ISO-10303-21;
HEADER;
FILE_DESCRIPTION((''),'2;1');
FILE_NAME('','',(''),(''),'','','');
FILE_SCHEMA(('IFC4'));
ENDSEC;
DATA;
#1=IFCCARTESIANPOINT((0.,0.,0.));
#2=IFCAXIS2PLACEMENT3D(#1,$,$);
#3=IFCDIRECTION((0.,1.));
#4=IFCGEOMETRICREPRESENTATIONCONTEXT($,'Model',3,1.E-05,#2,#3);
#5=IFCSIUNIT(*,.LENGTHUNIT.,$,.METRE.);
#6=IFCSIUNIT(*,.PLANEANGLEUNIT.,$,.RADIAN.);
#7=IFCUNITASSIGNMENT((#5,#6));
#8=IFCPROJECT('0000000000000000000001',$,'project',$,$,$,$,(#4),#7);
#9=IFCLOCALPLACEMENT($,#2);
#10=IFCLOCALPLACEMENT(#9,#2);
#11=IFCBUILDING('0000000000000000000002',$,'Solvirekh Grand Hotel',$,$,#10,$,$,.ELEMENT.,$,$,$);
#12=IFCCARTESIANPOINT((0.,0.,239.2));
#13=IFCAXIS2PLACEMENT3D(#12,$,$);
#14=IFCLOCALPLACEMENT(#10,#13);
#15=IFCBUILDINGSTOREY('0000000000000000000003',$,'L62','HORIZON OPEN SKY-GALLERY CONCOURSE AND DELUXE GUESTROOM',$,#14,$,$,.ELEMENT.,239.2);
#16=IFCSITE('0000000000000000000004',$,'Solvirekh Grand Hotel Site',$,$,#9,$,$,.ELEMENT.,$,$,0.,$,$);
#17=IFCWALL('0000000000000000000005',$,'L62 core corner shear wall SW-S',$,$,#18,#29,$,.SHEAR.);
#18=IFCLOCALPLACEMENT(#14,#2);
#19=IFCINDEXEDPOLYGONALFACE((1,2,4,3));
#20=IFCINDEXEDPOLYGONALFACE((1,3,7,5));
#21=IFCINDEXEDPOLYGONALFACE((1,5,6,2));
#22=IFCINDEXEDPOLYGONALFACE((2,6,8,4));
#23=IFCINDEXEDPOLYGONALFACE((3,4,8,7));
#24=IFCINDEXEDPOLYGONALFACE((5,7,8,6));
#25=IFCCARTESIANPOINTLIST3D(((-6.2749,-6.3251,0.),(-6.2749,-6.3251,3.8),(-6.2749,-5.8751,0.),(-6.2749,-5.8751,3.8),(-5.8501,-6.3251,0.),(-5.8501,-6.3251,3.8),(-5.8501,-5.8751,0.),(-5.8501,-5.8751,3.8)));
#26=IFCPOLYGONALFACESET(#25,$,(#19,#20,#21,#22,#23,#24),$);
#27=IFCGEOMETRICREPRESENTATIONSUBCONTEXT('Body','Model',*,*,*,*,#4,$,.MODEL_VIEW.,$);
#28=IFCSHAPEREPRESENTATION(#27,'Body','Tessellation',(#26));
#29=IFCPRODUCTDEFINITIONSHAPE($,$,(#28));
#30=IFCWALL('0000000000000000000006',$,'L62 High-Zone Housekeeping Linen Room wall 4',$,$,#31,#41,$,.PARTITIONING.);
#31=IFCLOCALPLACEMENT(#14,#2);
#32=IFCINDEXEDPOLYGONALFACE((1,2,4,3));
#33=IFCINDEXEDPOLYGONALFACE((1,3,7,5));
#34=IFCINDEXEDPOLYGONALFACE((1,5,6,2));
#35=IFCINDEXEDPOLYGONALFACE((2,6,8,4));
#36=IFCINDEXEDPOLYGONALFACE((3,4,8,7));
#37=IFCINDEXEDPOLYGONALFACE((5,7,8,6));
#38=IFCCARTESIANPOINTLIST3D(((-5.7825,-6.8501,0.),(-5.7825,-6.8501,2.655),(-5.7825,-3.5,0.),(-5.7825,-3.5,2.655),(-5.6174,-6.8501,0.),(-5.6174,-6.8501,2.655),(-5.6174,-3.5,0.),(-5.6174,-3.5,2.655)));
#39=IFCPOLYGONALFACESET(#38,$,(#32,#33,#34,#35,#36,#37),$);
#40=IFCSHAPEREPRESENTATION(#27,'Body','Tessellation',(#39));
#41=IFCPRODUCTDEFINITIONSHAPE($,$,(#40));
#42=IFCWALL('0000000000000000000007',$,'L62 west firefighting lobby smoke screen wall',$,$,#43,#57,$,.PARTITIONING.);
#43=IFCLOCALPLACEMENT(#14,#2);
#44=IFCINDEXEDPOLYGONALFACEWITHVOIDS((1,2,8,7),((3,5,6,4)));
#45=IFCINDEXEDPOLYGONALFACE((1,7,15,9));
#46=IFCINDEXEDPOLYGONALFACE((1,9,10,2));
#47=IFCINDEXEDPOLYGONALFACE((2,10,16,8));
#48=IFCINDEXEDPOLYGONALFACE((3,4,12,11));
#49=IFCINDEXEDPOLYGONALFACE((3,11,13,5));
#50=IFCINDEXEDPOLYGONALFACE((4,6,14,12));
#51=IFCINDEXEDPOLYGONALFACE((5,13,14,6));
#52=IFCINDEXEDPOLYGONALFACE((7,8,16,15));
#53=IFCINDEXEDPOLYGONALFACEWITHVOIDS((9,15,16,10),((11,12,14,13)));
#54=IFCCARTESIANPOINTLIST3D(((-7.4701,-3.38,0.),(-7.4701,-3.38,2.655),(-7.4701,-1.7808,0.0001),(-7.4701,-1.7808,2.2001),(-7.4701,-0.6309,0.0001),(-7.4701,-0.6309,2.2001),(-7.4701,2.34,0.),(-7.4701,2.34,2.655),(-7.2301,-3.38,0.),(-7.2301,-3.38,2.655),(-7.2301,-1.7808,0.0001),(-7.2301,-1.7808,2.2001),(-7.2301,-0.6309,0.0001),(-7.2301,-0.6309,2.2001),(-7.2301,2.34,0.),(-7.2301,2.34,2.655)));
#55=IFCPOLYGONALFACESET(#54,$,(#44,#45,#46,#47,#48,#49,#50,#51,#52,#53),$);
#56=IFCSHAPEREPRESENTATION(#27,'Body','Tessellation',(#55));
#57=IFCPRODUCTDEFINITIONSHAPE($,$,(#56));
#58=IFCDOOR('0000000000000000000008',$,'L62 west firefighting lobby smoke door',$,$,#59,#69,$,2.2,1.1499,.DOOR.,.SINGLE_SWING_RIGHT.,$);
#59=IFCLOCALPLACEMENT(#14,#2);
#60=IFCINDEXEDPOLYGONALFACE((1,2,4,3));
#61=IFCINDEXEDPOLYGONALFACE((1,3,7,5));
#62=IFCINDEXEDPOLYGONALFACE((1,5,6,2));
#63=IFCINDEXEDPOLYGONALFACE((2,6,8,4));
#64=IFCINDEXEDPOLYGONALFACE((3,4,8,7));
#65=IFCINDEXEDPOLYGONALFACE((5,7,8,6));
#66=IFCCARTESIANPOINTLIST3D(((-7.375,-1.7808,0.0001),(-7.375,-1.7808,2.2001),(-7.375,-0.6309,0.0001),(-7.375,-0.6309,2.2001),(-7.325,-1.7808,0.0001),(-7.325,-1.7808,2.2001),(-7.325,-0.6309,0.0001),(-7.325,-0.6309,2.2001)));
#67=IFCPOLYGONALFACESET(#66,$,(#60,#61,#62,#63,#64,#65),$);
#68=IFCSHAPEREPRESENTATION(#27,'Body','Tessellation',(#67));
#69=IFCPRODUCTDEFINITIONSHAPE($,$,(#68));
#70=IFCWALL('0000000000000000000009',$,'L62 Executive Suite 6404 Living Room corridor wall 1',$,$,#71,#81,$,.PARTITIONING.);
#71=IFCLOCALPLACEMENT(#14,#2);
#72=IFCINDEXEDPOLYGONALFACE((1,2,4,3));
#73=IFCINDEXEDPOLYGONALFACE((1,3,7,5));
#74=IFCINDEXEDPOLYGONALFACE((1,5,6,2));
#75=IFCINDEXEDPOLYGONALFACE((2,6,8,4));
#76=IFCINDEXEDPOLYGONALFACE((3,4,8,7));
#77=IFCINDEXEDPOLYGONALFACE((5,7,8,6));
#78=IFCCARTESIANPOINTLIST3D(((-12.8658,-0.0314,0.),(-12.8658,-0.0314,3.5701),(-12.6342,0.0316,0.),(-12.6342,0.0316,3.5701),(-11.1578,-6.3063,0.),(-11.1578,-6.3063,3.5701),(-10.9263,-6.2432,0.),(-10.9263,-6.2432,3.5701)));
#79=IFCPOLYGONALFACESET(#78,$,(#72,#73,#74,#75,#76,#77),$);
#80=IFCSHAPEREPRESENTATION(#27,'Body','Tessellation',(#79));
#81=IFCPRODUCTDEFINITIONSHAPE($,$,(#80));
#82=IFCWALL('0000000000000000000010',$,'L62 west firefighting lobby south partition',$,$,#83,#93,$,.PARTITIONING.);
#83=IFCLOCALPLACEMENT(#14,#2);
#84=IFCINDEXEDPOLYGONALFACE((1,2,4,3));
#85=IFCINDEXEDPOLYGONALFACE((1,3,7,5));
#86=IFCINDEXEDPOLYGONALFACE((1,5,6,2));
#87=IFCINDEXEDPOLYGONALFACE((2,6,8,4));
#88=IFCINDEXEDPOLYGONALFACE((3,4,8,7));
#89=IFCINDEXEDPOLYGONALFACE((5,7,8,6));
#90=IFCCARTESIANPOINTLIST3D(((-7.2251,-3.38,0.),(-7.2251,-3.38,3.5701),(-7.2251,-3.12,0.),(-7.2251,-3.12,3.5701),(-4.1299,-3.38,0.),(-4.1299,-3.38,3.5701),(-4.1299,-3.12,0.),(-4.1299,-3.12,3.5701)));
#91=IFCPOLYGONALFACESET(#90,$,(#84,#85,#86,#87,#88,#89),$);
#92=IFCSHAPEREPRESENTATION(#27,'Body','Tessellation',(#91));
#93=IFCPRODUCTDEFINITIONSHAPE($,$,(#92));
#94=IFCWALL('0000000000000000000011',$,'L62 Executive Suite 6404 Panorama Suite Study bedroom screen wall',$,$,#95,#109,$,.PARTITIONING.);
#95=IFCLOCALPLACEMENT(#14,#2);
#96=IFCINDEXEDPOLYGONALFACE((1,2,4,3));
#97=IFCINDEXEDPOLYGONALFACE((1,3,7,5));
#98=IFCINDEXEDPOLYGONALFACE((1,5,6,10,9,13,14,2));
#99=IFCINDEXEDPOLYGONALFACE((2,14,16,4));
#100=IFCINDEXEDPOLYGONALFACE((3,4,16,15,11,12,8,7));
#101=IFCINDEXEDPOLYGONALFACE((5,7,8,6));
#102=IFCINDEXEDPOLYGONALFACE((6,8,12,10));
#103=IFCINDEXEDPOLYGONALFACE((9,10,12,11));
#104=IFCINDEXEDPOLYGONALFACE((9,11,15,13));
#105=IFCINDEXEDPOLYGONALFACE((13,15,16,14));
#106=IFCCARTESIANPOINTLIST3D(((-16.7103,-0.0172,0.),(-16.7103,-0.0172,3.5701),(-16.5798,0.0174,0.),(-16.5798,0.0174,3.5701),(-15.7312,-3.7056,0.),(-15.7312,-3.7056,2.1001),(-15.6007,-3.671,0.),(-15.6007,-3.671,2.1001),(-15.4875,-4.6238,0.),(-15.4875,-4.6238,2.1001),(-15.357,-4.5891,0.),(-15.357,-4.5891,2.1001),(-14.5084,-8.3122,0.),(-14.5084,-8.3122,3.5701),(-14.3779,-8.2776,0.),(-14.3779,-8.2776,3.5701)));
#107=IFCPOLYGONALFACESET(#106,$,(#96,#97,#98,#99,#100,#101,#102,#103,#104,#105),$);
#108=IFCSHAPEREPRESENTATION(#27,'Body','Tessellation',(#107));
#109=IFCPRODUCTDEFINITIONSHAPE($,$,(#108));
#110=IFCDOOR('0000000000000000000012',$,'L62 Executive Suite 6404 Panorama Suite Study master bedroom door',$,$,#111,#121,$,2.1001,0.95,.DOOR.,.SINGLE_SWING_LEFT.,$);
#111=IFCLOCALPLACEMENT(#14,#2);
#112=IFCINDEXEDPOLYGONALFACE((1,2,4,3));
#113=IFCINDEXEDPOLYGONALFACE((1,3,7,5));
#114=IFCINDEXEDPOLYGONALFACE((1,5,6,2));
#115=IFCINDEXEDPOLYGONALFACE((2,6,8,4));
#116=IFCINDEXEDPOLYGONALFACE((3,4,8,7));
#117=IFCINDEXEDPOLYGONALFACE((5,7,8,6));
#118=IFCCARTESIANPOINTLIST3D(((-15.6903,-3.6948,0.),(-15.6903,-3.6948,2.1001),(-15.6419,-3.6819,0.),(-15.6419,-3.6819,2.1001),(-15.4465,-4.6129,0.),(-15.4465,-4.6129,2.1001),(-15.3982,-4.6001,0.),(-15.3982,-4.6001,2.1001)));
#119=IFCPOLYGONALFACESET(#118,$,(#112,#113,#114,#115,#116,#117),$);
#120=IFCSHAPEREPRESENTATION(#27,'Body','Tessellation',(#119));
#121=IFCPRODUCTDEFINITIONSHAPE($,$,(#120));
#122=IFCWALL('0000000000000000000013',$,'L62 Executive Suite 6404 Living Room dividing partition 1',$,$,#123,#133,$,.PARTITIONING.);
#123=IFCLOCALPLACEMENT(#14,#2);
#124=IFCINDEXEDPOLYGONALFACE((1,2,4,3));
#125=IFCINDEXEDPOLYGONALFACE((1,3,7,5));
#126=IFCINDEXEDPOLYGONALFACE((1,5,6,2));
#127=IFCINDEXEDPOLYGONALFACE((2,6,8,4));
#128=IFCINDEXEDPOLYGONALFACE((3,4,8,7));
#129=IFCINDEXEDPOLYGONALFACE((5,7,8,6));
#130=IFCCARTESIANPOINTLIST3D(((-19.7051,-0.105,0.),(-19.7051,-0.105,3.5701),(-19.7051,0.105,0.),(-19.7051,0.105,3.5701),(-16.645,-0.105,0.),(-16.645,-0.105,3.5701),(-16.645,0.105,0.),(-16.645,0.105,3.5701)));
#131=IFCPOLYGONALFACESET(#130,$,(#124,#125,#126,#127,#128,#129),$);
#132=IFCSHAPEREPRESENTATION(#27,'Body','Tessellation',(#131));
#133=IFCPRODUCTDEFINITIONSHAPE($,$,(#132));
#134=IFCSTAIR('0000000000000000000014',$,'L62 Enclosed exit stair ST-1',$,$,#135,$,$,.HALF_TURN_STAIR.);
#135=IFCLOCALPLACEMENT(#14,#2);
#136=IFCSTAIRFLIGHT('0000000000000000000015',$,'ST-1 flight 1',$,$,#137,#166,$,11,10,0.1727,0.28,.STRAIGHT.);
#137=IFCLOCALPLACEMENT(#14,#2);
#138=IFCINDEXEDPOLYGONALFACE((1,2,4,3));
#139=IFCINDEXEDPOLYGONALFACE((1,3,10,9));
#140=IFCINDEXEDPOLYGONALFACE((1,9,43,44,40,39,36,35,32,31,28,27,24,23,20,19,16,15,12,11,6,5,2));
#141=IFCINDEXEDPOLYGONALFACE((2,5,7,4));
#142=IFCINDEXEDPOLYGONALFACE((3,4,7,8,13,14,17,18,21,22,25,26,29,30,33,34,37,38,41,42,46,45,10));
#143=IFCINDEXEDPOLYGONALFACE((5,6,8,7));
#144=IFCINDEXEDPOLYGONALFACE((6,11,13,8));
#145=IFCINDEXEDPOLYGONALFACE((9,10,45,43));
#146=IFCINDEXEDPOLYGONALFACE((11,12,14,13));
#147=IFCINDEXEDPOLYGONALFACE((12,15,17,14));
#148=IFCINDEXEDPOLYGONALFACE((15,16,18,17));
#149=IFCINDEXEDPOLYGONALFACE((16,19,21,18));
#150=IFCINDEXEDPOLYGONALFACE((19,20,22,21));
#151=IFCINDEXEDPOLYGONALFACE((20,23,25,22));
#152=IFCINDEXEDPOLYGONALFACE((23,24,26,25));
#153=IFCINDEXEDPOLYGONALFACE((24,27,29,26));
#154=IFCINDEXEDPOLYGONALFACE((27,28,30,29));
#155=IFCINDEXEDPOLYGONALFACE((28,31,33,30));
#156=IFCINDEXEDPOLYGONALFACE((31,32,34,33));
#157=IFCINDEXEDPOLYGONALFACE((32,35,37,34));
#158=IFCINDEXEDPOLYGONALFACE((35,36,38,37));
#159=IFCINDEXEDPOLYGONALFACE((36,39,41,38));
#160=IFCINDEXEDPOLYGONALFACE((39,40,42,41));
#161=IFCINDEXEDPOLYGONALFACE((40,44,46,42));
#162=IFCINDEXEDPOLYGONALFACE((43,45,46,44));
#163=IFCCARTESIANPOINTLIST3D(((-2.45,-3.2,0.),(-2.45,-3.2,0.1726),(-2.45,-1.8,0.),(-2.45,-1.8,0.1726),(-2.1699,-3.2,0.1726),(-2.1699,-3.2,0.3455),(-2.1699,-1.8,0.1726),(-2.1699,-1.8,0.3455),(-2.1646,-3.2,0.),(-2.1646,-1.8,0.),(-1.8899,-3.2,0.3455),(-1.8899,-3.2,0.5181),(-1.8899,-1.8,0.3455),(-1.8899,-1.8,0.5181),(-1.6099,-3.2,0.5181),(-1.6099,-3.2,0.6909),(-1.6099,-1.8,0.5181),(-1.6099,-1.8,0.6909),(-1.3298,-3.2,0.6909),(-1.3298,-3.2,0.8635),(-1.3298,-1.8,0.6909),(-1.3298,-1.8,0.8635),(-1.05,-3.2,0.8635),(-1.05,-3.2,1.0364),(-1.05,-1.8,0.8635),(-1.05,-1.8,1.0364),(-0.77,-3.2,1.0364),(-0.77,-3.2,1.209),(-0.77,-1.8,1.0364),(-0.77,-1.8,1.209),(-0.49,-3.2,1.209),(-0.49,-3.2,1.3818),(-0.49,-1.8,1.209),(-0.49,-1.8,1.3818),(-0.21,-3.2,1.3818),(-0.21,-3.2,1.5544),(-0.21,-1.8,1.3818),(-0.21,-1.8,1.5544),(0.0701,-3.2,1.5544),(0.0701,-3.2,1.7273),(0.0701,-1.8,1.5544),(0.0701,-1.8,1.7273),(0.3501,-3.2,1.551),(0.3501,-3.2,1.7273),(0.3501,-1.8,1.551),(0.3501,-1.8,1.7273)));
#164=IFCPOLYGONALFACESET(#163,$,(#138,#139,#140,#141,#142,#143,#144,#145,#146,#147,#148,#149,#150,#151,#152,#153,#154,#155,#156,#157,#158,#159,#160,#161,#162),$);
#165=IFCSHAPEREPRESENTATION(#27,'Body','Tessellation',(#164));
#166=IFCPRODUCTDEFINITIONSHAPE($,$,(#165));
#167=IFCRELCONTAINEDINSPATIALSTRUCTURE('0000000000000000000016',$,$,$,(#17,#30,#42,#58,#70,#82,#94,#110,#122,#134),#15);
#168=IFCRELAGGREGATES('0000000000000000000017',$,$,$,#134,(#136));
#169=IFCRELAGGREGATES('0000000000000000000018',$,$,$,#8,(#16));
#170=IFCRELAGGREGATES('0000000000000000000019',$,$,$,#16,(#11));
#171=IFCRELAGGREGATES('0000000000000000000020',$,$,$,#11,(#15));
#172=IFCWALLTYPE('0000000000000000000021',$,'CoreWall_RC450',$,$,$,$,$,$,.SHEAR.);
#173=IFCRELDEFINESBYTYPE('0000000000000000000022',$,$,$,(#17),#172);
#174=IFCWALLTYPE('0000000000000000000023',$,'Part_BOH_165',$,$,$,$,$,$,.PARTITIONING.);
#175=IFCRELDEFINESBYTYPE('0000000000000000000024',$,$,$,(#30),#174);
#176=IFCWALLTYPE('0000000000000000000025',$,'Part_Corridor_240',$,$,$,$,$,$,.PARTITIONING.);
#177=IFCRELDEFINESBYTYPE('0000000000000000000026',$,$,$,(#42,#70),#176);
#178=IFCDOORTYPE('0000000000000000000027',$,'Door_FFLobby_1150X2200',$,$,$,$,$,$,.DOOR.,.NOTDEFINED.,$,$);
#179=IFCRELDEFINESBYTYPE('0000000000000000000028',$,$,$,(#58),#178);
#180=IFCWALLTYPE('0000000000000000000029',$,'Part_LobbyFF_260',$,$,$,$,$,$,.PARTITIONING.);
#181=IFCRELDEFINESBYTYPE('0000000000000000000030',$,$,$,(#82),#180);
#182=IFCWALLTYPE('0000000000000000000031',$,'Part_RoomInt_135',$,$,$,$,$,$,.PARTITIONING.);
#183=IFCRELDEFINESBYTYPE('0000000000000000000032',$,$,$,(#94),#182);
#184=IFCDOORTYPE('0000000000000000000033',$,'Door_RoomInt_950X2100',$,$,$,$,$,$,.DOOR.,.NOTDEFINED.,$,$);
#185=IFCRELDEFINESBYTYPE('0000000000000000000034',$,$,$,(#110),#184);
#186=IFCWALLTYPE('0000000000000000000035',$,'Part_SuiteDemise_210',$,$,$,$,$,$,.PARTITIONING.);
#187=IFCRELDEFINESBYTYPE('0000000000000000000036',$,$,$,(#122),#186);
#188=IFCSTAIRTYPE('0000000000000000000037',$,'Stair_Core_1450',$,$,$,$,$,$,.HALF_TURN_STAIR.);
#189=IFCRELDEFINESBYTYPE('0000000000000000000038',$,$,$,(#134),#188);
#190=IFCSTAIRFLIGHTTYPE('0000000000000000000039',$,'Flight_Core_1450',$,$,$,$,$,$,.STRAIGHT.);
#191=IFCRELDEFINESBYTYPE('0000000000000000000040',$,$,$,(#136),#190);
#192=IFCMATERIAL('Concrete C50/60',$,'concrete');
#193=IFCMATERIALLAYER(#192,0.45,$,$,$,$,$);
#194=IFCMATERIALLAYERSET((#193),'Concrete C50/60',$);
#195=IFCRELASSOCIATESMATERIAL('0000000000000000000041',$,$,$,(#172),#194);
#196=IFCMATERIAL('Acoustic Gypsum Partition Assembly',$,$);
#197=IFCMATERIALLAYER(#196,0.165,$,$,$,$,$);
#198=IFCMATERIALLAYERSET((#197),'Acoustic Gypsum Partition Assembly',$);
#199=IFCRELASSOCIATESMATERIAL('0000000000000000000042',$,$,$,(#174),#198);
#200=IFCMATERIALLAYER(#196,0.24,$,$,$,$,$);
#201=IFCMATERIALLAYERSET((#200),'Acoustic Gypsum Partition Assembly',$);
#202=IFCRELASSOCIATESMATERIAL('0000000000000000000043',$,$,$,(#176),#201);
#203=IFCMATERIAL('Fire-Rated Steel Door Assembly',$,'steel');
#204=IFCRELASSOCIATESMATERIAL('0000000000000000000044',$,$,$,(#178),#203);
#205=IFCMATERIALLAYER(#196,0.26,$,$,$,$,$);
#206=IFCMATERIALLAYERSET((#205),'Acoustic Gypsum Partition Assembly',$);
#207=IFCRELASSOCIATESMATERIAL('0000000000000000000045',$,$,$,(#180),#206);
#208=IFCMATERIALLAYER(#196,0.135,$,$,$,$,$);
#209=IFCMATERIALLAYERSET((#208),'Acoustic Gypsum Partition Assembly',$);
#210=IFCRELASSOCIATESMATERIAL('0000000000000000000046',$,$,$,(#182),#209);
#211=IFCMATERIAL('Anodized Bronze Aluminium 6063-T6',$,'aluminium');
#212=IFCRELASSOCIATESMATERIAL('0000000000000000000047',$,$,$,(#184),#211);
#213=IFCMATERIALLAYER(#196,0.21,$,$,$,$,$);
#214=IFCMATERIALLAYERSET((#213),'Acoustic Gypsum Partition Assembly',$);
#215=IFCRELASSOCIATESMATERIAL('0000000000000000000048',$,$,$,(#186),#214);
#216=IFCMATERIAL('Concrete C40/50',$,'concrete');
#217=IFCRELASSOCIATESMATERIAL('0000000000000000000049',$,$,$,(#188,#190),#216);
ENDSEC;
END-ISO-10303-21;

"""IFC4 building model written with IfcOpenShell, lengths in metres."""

from ifc_helpers import new_model, si_unit, direction, frame, frame_2d, origin, place, context, subcontext, project, spatial, polyline, rectangle, outline, extrude, material, layer, layer_set, type_object, element, fill, aggregate, save


model = new_model("IFC4")

# Units and contexts
model_context = context("Model", 3, precision=1e-05, world=origin(), true_north=direction((0.0, 1.0)))
body_context = subcontext(model_context, "Body", "Model", "MODEL_VIEW")
ifc_project = project(units=[si_unit("LENGTHUNIT", "METRE"), si_unit("PLANEANGLEUNIT", "RADIAN")], contexts=[model_context])

# Site, building, storey
site_placement = place(None, origin())
site = spatial("IfcSite", under=ifc_project, at=site_placement, Name="Solvirekh Grand Hotel Site", CompositionType="ELEMENT", RefElevation=0.0)
building_placement = place(site_placement, origin())
building = spatial("IfcBuilding", under=site, at=building_placement, Name="Solvirekh Grand Hotel", CompositionType="ELEMENT")
storey_placement = place(building_placement, frame((0.0, 0.0, 239.2)))
storey = spatial("IfcBuildingStorey", under=building, at=storey_placement, Name="L62", Description="HORIZON OPEN SKY-GALLERY CONCOURSE AND DELUXE GUESTROOM", CompositionType="ELEMENT", Elevation=239.2)

# Shared definitions
ifc_material_1 = material(Name="Concrete C50/60", Category="concrete")

# Shared definitions
ifc_material_2 = material(Name="Anodized Bronze Aluminium 6063-T6", Category="aluminium")

# Shared definitions
ifc_material_3 = material(Name="Concrete C40/50", Category="concrete")

# Shared definitions
ifc_material_4 = material(Name="Fire-Rated Steel Door Assembly", Category="steel")

# Walls
ifc_layer_1 = layer(ifc_material_1, 0.45)
ifc_layer_set_1 = layer_set([ifc_layer_1], Name="Concrete C50/60")
wall_type_1 = type_object("IfcWallType", Name="CoreWall_RC450", PredefinedType="SHEAR", material=ifc_layer_set_1)
wall_1_placement = place(storey_placement, frame((-6.2749, -6.1001, 0.0), z_axis=(0.0, 0.0, 1.0), x_axis=(1.0, 0.0, 0.0)))
element("IfcWall", 1, at=wall_1_placement, inside=storey, type_object=wall_type_1, Name="L62 core corner shear wall SW-S", PredefinedType="SHEAR", context=body_context, shape_type="SweptSolid", body=[
    extrude(rectangle(XDim=0.4248, YDim=0.45, at=frame_2d((0.2124, 0.0))), origin(), (0.0, 0.0, 1.0), 3.8),
])
ifc_material_5 = material(Name="Acoustic Gypsum Partition Assembly")
ifc_layer_2 = layer(ifc_material_5, 0.165)
ifc_layer_set_2 = layer_set([ifc_layer_2], Name="Acoustic Gypsum Partition Assembly")
wall_type_2 = type_object("IfcWallType", Name="Part_BOH_165", PredefinedType="PARTITIONING", material=ifc_layer_set_2)
wall_2_placement = place(storey_placement, frame((-5.7, -3.5, 0.0), z_axis=(0.0, 0.0, 1.0), x_axis=(0.0, -1.0, 0.0)))
element("IfcWall", 2, at=wall_2_placement, inside=storey, type_object=wall_type_2, Name="L62 High-Zone Housekeeping Linen Room wall 4", PredefinedType="PARTITIONING", context=body_context, shape_type="SweptSolid", body=[
    extrude(rectangle(XDim=3.3501, YDim=0.165, at=frame_2d((1.675, 0.0))), origin(), (0.0, 0.0, 1.0), 2.655),
])

# Wall, opening, door
ifc_layer_3 = layer(ifc_material_5, 0.24)
ifc_layer_set_3 = layer_set([ifc_layer_3], Name="Acoustic Gypsum Partition Assembly")
wall_type_3 = type_object("IfcWallType", Name="Part_Corridor_240", PredefinedType="PARTITIONING", material=ifc_layer_set_3)
wall_3_placement = place(storey_placement, frame((-7.3501, -3.3799, 0.0), z_axis=(0.0, 0.0, 1.0), x_axis=(0.0, 1.0, 0.0)))
wall_3 = element("IfcWall", 3, at=wall_3_placement, inside=storey, type_object=wall_type_3, Name="L62 west firefighting lobby smoke screen wall", PredefinedType="PARTITIONING", context=body_context, shape_type="SweptSolid", body=[
    extrude(rectangle(XDim=5.72, YDim=0.24, at=frame_2d((2.8599, 0.0))), origin(), (0.0, 0.0, 1.0), 2.655),
])
opening_1_placement = place(wall_3_placement, frame((1.5991, 0.0, 0.0)))
opening_1 = element("IfcOpeningElement", 4, at=opening_1_placement, cuts=wall_3, PredefinedType="OPENING", context=body_context, shape_type="SweptSolid", body=[
    extrude(rectangle(XDim=1.1499, YDim=2.2, at=frame_2d((0.575, 1.1001))), frame((0.0, 0.1299, 0.0), z_axis=(0.0, -1.0, 0.0), x_axis=(1.0, 0.0, 0.0)), (0.0, 0.0, 1.0), 0.26),
])
door_type_1 = type_object("IfcDoorType", Name="Door_FFLobby_1150X2200", OperationType="NOTDEFINED", PredefinedType="DOOR", material=ifc_material_4)
door_1_placement = place(opening_1_placement, origin())
door_1 = element("IfcDoor", 5, at=door_1_placement, inside=storey, type_object=door_type_1, Name="L62 west firefighting lobby smoke door", OperationType="SINGLE_SWING_RIGHT", OverallHeight=2.2, OverallWidth=1.1499, PredefinedType="DOOR", context=body_context, shape_type="SweptSolid", body=[
    extrude(rectangle(XDim=1.1499, YDim=2.2, at=frame_2d((0.575, 1.1001))), frame((0.0, 0.0249, 0.0), z_axis=(0.0, -1.0, 0.0), x_axis=(1.0, 0.0, 0.0)), (0.0, 0.0, 1.0), 0.05),
])
fill(opening_1, door_1)

# Walls
wall_4_placement = place(storey_placement, frame((-12.75, 0.0, 0.0), z_axis=(0.0, 0.0, 1.0), x_axis=(0.262641, -0.964894, 0.0)))
element("IfcWall", 6, at=wall_4_placement, inside=storey, type_object=wall_type_3, Name="L62 Executive Suite 6404 Living Room corridor wall 1", PredefinedType="PARTITIONING", context=body_context, shape_type="SweptSolid", body=[
    extrude(rectangle(XDim=6.5032, YDim=0.24, at=frame_2d((3.2515, 0.0))), origin(), (0.0, 0.0, 1.0), 3.5701),
])
ifc_layer_4 = layer(ifc_material_5, 0.26)
ifc_layer_set_4 = layer_set([ifc_layer_4], Name="Acoustic Gypsum Partition Assembly")
wall_type_4 = type_object("IfcWallType", Name="Part_LobbyFF_260", PredefinedType="PARTITIONING", material=ifc_layer_set_4)
wall_5_placement = place(storey_placement, frame((-7.2251, -3.25, 0.0), z_axis=(0.0, 0.0, 1.0), x_axis=(1.0, 0.0, 0.0)))
element("IfcWall", 7, at=wall_5_placement, inside=storey, type_object=wall_type_4, Name="L62 west firefighting lobby south partition", PredefinedType="PARTITIONING", context=body_context, shape_type="SweptSolid", body=[
    extrude(rectangle(XDim=3.0952, YDim=0.26, at=frame_2d((1.5476, 0.0))), origin(), (0.0, 0.0, 1.0), 3.5701),
])

# Wall, opening, door
ifc_layer_5 = layer(ifc_material_5, 0.135)
ifc_layer_set_5 = layer_set([ifc_layer_5], Name="Acoustic Gypsum Partition Assembly")
wall_type_5 = type_object("IfcWallType", Name="Part_RoomInt_135", PredefinedType="PARTITIONING", material=ifc_layer_set_5)
wall_6_placement = place(storey_placement, frame((-16.645, 0.0, 0.0), z_axis=(0.0, 0.0, 1.0), x_axis=(0.256566, -0.966527, 0.0)))
wall_6 = element("IfcWall", 8, at=wall_6_placement, inside=storey, type_object=wall_type_5, Name="L62 Executive Suite 6404 Panorama Suite Study bedroom screen wall", PredefinedType="PARTITIONING", context=body_context, shape_type="SweptSolid", body=[
    extrude(rectangle(XDim=8.5823, YDim=0.135, at=frame_2d((4.291, 0.0))), origin(), (0.0, 0.0, 1.0), 3.5701),
])
opening_2_placement = place(wall_6_placement, frame((3.8159, 0.0, 0.0)))
opening_2 = element("IfcOpeningElement", 9, at=opening_2_placement, cuts=wall_6, PredefinedType="OPENING", context=body_context, shape_type="SweptSolid", body=[
    extrude(rectangle(XDim=0.95, YDim=2.1001, at=frame_2d((0.4751, 1.05))), frame((0.0, 0.0776, 0.0), z_axis=(0.0, -1.0, 0.0), x_axis=(1.0, 0.0, 0.0)), (0.0, 0.0, 1.0), 0.155),
])
door_type_2 = type_object("IfcDoorType", Name="Door_RoomInt_950X2100", OperationType="NOTDEFINED", PredefinedType="DOOR", material=ifc_material_2)
door_2_placement = place(opening_2_placement, origin())
door_2 = element("IfcDoor", 10, at=door_2_placement, inside=storey, type_object=door_type_2, Name="L62 Executive Suite 6404 Panorama Suite Study master bedroom door", OperationType="SINGLE_SWING_LEFT", OverallHeight=2.1001, OverallWidth=0.95, PredefinedType="DOOR", context=body_context, shape_type="SweptSolid", body=[
    extrude(rectangle(XDim=0.95, YDim=2.1001, at=frame_2d((0.4751, 1.05))), frame((0.0, 0.0249, 0.0), z_axis=(0.0, -1.0, 0.0), x_axis=(1.0, 0.0, 0.0)), (0.0, 0.0, 1.0), 0.05),
])
fill(opening_2, door_2)

# Wall
ifc_layer_6 = layer(ifc_material_5, 0.21)
ifc_layer_set_6 = layer_set([ifc_layer_6], Name="Acoustic Gypsum Partition Assembly")
wall_type_6 = type_object("IfcWallType", Name="Part_SuiteDemise_210", PredefinedType="PARTITIONING", material=ifc_layer_set_6)
wall_7_placement = place(storey_placement, frame((-16.645, 0.0, 0.0), z_axis=(0.0, 0.0, 1.0), x_axis=(-1.0, 0.0, 0.0)))
element("IfcWall", 11, at=wall_7_placement, inside=storey, type_object=wall_type_6, Name="L62 Executive Suite 6404 Living Room dividing partition 1", PredefinedType="PARTITIONING", context=body_context, shape_type="SweptSolid", body=[
    extrude(rectangle(XDim=3.0601, YDim=0.21, at=frame_2d((1.53, 0.0))), origin(), (0.0, 0.0, 1.0), 3.5701),
])

# Stair, stair flight
stair_type = type_object("IfcStairType", Name="Stair_Core_1450", PredefinedType="HALF_TURN_STAIR", material=ifc_material_3)
stair_1_placement = place(storey_placement, origin())
stair_1 = element("IfcStair", 12, at=stair_1_placement, inside=storey, type_object=stair_type, Name="L62 Enclosed exit stair ST-1", PredefinedType="HALF_TURN_STAIR")
stair_flight_type = type_object("IfcStairFlightType", Name="Flight_Core_1450", PredefinedType="STRAIGHT", material=ifc_material_3)
stair_flight_1_placement = place(storey_placement, frame((-2.45, -2.5, 0.0), z_axis=(0.0, 0.0, 1.0), x_axis=(1.0, 0.0, 0.0)))
stair_flight_1 = element("IfcStairFlight", 13, at=stair_flight_1_placement, type_object=stair_flight_type, Name="ST-1 flight 1", NumberOfRisers=11, NumberOfTreads=10, PredefinedType="STRAIGHT", RiserHeight=0.1727, TreadLength=0.28, context=body_context, shape_type="SweptSolid", body=[
    extrude(outline(polyline([(0.0, 0.0), (0.0, 0.1726), (0.28, 0.1726), (0.28, 0.3455), (0.5601, 0.3455), (0.5601, 0.5181), (0.8401, 0.5181), (0.8401, 0.6909), (1.1201, 0.6909), (1.1201, 0.8635), (1.3999, 0.8635), (1.3999, 1.0364), (1.6799, 1.0364), (1.6799, 1.209), (1.96, 1.209), (1.96, 1.3818), (2.24, 1.3818), (2.24, 1.5544), (2.52, 1.5544), (2.52, 1.7273), (2.8, 1.7273), (2.8, 1.8999), (2.8, 1.551), (0.2854, 0.0), (0.0, 0.0)])), frame((0.0, 0.7, 0.0), z_axis=(0.0, -1.0, 0.0), x_axis=(1.0, 0.0, 0.0)), (0.0, 0.0, 1.0), 1.3999),
])
aggregate(stair_1, [stair_flight_1])

save(model, "model.ifc")
